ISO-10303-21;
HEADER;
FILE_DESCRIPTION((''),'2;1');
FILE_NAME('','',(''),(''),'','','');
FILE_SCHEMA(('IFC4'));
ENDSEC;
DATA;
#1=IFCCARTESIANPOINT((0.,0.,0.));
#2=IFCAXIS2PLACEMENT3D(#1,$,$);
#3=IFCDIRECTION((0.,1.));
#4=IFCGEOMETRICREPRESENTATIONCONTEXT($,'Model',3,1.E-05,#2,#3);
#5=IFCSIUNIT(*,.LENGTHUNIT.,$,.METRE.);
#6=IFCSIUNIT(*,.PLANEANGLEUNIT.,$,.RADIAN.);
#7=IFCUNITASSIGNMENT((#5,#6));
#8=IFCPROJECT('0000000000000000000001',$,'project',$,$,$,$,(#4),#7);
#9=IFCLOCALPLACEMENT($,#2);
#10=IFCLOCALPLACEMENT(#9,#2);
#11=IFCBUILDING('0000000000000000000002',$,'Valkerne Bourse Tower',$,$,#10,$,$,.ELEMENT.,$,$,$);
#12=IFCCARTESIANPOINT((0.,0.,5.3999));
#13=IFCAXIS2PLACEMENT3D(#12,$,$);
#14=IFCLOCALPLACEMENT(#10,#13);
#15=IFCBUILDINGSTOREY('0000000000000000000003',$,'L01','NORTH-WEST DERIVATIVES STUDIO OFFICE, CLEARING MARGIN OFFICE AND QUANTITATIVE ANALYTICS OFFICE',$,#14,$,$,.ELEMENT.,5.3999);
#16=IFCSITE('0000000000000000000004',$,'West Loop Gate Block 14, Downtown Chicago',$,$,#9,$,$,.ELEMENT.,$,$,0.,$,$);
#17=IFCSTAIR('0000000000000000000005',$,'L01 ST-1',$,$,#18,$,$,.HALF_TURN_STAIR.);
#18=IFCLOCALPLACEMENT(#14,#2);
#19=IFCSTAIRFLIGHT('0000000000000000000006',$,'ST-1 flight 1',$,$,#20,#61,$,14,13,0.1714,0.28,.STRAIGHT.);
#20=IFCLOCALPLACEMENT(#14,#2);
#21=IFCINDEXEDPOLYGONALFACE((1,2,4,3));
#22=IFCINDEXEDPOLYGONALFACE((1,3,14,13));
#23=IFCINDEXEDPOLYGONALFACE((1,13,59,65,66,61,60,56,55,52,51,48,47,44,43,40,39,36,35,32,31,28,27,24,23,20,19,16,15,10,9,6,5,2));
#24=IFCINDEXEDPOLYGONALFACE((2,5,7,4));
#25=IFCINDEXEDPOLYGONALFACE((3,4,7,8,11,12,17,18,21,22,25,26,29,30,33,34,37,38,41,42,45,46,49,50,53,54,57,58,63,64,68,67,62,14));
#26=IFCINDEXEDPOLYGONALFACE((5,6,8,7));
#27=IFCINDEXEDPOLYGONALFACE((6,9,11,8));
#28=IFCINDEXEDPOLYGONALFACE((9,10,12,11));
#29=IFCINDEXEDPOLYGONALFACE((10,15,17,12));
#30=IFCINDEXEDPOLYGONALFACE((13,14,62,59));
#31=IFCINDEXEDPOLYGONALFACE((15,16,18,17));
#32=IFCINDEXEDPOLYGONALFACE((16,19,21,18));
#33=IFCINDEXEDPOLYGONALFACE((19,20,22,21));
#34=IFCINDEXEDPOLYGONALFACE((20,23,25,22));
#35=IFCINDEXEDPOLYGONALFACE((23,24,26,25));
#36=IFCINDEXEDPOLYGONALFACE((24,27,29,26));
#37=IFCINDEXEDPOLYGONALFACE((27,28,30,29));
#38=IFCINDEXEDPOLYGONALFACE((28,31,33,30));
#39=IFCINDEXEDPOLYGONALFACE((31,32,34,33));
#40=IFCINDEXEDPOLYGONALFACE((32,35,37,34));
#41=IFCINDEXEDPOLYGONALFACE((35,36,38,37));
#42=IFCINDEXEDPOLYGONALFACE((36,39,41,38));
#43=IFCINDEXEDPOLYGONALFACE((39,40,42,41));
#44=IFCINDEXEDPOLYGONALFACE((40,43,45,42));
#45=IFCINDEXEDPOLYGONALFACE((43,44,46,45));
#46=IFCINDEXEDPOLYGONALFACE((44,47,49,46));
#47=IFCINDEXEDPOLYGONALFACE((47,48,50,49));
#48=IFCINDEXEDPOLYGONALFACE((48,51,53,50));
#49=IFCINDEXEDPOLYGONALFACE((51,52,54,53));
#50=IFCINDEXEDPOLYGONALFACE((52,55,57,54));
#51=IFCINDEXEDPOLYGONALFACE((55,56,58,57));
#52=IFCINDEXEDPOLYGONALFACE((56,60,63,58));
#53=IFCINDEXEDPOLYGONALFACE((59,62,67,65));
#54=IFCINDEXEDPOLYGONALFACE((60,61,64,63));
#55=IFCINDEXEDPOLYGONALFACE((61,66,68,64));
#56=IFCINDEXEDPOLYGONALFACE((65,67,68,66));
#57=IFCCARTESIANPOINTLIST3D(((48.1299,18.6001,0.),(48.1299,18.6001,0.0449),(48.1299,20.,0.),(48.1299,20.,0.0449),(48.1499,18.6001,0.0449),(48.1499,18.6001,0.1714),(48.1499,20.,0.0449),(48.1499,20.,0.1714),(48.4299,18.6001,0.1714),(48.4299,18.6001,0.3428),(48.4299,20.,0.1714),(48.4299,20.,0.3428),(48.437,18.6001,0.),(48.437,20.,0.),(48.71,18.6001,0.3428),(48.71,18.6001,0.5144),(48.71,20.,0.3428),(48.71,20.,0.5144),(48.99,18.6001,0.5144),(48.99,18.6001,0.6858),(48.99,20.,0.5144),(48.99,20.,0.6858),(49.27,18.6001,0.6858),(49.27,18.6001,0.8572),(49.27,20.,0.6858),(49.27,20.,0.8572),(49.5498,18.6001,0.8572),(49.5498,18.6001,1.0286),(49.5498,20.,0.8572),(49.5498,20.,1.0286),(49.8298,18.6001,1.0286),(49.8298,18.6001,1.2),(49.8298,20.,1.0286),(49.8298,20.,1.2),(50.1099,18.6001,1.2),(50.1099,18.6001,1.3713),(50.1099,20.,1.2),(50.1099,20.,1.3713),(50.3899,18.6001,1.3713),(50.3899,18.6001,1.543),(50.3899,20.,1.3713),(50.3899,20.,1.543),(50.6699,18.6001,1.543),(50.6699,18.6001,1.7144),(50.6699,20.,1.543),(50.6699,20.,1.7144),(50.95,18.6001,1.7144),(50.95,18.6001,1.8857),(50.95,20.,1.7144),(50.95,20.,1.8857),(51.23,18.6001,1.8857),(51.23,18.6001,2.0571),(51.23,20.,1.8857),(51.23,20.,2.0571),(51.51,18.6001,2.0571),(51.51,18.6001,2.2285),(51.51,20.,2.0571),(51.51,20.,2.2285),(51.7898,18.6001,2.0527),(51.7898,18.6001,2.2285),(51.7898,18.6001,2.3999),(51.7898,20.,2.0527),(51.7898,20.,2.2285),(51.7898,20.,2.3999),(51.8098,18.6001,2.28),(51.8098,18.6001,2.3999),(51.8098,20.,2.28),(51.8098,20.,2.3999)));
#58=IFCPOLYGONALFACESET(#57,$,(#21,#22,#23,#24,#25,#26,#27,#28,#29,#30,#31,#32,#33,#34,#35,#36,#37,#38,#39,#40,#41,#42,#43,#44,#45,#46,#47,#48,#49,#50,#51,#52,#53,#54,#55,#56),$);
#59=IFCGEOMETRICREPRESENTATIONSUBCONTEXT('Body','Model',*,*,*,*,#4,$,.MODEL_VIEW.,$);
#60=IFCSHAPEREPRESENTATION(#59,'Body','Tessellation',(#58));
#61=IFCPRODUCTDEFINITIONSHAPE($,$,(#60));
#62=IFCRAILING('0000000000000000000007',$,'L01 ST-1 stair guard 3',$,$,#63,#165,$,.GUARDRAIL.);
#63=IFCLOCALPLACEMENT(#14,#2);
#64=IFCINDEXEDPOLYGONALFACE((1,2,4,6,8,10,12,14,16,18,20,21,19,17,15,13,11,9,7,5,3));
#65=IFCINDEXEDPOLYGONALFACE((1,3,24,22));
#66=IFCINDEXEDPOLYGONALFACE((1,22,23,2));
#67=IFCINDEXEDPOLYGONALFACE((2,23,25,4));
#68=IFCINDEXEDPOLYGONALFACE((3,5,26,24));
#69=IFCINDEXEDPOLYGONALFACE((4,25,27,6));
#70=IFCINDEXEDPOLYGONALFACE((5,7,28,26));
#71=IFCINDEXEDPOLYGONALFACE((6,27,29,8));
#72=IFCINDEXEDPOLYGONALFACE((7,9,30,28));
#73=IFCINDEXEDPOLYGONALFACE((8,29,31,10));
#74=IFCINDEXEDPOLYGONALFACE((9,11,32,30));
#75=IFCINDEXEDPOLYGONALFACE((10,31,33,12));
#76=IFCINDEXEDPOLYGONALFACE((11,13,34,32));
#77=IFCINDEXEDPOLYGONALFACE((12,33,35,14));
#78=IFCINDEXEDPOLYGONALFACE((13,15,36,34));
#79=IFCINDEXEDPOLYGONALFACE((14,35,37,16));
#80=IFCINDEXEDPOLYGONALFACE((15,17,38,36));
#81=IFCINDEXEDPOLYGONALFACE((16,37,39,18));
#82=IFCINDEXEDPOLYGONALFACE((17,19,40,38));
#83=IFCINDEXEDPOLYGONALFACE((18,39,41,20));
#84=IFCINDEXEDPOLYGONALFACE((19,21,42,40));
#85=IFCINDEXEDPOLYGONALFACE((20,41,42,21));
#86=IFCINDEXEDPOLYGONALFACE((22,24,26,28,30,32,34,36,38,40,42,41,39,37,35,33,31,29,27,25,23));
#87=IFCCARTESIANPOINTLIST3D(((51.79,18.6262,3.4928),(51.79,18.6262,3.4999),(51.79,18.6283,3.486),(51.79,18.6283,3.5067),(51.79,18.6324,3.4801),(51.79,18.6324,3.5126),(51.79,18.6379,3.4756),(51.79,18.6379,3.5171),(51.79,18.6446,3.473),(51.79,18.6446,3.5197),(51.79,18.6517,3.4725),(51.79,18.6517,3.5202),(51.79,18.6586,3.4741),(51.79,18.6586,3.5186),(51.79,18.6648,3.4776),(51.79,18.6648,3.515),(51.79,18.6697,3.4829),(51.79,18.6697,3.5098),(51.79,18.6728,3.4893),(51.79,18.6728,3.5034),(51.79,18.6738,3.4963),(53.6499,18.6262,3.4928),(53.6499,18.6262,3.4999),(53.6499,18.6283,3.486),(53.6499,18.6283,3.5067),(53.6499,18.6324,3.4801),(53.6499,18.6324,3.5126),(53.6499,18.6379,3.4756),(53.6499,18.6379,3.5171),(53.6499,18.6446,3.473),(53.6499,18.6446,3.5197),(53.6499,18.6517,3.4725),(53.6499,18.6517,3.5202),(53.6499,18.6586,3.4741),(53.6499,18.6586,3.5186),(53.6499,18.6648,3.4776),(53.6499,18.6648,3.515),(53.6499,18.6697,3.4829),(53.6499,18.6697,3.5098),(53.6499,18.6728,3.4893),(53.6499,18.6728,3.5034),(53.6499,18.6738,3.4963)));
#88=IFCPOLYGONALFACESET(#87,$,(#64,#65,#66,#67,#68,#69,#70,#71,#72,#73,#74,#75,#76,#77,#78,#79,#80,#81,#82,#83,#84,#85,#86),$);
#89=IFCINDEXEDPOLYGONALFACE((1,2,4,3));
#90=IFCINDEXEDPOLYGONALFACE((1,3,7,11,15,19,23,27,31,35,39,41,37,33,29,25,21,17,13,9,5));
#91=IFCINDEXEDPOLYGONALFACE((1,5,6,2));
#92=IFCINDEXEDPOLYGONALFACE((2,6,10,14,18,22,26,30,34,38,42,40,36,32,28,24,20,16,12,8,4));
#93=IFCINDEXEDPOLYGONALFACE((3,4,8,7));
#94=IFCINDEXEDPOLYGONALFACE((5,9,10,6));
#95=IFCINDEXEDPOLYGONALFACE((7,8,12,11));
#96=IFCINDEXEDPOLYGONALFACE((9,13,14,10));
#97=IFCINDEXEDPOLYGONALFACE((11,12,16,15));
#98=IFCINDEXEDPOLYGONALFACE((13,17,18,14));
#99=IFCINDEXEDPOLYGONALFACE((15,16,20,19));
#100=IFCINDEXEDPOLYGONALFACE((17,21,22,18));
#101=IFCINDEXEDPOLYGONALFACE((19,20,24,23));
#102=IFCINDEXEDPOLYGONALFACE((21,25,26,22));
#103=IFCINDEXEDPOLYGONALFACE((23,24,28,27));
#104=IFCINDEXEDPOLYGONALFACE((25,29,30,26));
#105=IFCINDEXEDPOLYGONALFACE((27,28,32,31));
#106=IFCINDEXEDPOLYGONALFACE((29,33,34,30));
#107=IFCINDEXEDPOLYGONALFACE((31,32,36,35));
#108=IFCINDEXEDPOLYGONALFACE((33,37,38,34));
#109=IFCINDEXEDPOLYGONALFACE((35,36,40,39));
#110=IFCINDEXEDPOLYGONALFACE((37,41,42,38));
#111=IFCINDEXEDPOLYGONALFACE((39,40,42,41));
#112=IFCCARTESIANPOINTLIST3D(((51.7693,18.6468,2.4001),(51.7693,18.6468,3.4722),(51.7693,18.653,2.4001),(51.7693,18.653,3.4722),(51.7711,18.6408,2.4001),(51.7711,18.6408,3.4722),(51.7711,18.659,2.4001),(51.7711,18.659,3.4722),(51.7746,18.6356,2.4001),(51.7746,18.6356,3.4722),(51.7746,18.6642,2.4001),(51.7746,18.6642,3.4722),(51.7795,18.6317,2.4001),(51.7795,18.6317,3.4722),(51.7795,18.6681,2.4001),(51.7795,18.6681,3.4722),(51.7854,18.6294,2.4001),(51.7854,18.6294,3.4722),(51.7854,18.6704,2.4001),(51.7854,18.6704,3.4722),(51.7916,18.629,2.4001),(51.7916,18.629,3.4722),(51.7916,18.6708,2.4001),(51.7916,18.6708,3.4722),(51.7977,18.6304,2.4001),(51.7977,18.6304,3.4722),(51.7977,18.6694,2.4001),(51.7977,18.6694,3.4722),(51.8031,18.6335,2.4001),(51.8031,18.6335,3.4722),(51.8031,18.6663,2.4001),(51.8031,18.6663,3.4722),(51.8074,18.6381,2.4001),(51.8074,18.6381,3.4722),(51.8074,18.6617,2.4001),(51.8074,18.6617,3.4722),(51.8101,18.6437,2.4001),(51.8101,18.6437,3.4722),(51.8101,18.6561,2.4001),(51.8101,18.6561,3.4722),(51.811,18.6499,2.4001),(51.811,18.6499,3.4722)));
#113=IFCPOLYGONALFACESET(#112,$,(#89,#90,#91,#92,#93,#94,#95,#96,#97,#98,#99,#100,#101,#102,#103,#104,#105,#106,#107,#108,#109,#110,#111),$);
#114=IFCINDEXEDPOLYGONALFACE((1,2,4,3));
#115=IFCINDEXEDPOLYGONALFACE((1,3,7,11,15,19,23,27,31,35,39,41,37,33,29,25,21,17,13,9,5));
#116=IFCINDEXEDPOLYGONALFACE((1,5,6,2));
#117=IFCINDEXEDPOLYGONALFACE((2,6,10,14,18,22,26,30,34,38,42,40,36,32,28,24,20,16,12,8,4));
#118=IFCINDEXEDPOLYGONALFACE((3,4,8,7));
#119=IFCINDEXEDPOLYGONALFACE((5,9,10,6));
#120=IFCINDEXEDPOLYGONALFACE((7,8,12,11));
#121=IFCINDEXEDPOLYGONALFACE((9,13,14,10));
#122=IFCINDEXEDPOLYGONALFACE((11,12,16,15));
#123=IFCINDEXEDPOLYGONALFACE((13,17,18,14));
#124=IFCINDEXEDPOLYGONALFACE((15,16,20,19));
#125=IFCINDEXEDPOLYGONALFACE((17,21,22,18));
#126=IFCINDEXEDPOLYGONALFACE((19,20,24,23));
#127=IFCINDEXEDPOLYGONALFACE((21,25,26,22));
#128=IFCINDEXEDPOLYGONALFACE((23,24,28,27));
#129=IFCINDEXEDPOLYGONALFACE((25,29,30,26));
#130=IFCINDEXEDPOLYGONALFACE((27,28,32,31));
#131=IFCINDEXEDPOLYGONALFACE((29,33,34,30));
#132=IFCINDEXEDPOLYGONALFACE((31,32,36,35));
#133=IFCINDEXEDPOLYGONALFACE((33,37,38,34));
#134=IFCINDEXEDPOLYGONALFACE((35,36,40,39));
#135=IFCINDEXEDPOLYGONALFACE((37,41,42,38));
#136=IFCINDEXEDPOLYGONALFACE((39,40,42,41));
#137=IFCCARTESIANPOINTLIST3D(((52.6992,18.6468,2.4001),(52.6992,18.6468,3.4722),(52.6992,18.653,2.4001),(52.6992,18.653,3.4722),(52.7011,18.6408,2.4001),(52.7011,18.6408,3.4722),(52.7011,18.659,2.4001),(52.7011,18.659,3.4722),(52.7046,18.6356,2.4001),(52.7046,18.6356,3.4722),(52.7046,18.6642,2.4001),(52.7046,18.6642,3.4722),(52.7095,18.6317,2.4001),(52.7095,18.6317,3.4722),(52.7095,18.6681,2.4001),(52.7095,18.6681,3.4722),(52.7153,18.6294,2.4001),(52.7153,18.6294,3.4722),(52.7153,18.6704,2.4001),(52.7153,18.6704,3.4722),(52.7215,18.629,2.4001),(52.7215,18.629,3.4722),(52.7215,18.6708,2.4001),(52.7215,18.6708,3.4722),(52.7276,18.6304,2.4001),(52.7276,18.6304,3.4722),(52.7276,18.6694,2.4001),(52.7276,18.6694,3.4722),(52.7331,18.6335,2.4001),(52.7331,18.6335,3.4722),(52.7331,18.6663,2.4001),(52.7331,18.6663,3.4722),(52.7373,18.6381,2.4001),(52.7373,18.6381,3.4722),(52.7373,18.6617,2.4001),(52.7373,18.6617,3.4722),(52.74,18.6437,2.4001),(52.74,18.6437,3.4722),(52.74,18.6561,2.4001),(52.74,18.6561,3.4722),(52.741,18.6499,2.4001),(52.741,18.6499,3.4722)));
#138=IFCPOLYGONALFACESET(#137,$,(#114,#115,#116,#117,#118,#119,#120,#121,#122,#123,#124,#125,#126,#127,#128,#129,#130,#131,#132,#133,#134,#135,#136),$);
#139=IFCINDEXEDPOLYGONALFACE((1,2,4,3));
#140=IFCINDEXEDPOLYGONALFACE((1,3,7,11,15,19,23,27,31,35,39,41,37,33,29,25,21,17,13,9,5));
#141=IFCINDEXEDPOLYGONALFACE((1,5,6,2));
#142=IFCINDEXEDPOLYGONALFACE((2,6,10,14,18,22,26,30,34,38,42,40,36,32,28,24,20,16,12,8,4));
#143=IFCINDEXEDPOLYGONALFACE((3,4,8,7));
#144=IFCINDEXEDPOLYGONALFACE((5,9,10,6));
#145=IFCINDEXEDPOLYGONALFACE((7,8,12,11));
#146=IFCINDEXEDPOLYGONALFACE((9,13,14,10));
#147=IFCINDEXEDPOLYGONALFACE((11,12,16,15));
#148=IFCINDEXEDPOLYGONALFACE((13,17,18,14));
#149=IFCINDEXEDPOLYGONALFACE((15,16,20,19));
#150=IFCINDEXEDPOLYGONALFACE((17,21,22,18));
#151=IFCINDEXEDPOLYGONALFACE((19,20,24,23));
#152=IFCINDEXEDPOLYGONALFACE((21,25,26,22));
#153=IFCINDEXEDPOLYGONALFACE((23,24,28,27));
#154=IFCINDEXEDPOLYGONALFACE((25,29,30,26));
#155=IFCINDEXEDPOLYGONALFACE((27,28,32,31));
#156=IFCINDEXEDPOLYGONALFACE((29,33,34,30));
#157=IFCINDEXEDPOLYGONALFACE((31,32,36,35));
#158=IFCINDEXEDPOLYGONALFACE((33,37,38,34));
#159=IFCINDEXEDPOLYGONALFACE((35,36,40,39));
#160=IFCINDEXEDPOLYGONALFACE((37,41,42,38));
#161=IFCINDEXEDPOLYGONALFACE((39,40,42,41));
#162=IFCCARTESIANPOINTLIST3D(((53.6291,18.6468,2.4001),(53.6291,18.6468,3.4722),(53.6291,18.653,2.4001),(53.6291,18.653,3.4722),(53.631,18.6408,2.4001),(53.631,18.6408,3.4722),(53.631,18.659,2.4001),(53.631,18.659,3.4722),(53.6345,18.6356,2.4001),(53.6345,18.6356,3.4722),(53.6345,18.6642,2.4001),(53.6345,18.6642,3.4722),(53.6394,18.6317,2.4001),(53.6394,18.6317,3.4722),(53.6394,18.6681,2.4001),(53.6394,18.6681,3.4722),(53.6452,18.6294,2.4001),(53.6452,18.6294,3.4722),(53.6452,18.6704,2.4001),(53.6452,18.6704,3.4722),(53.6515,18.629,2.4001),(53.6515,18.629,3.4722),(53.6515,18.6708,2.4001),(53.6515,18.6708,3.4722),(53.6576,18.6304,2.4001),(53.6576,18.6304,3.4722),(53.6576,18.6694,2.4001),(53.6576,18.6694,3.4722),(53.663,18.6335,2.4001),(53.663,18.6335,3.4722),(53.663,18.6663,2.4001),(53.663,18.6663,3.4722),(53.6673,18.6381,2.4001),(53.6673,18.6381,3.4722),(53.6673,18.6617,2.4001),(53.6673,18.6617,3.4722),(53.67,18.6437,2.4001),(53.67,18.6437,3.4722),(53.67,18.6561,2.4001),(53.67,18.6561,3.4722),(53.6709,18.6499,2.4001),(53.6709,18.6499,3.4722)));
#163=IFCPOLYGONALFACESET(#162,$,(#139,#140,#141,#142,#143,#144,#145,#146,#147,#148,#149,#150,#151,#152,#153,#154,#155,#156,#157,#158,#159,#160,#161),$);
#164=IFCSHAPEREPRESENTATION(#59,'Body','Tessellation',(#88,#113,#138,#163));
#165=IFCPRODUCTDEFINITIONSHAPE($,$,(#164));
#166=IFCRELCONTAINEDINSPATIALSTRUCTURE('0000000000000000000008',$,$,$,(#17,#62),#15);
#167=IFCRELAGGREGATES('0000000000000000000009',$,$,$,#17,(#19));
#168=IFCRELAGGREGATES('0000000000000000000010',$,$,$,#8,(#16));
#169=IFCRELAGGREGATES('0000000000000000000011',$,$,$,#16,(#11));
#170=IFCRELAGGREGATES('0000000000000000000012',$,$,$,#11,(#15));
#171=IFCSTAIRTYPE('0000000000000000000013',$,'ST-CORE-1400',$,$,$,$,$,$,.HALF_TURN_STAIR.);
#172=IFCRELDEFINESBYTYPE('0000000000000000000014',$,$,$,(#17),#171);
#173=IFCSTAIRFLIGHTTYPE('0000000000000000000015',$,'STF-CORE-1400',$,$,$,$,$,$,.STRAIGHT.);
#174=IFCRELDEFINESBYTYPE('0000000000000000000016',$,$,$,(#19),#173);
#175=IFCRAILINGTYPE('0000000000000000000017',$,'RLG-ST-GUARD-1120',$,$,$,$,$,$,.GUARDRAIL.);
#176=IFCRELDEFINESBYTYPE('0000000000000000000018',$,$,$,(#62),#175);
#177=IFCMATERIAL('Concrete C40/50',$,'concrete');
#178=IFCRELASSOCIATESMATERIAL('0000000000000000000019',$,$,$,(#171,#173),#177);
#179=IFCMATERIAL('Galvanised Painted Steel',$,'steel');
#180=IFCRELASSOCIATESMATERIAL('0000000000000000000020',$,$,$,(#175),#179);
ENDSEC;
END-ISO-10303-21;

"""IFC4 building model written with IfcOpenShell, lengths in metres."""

from ifc_helpers import new_model, si_unit, direction, frame, origin, origin_2d, place, context, subcontext, project, spatial, polyline, circle, outline, extrude, material, type_object, element, aggregate, save


model = new_model("IFC4")

# Units and contexts
model_context = context("Model", 3, precision=1e-05, world=origin(), true_north=direction((0.0, 1.0)))
body_context = subcontext(model_context, "Body", "Model", "MODEL_VIEW")
ifc_project = project(units=[si_unit("LENGTHUNIT", "METRE"), si_unit("PLANEANGLEUNIT", "RADIAN")], contexts=[model_context])

# Site, building, storey
site_placement = place(None, origin())
site = spatial("IfcSite", under=ifc_project, at=site_placement, Name="West Loop Gate Block 14, Downtown Chicago", CompositionType="ELEMENT", RefElevation=0.0)
building_placement = place(site_placement, origin())
building = spatial("IfcBuilding", under=site, at=building_placement, Name="Valkerne Bourse Tower", CompositionType="ELEMENT")
storey_placement = place(building_placement, frame((0.0, 0.0, 5.3999)))
storey = spatial("IfcBuildingStorey", under=building, at=storey_placement, Name="L01", Description="NORTH-WEST DERIVATIVES STUDIO OFFICE, CLEARING MARGIN OFFICE AND QUANTITATIVE ANALYTICS OFFICE", CompositionType="ELEMENT", Elevation=5.3999)

# Shared definitions
ifc_material_1 = material(Name="Galvanised Painted Steel", Category="steel")

# Shared definitions
ifc_material_2 = material(Name="Concrete C40/50", Category="concrete")

# Stair, stair flight
stair_type = type_object("IfcStairType", Name="ST-CORE-1400", PredefinedType="HALF_TURN_STAIR", material=ifc_material_2)
stair_placement = place(storey_placement, origin())
stair = element("IfcStair", 1, at=stair_placement, inside=storey, type_object=stair_type, Name="L01 ST-1", PredefinedType="HALF_TURN_STAIR")
stair_flight_type = type_object("IfcStairFlightType", Name="STF-CORE-1400", PredefinedType="STRAIGHT", material=ifc_material_2)
stair_flight_placement = place(storey_placement, frame((48.1499, 19.3, 0.0), z_axis=(0.0, 0.0, 1.0), x_axis=(1.0, 0.0, 0.0)))
stair_flight = element("IfcStairFlight", 2, at=stair_flight_placement, type_object=stair_flight_type, Name="ST-1 flight 1", NumberOfRisers=14, NumberOfTreads=13, PredefinedType="STRAIGHT", RiserHeight=0.1714, TreadLength=0.28, context=body_context, shape_type="SweptSolid", body=[
    extrude(outline(polyline([(-0.02, 0.0), (-0.02, 0.0449), (0.0, 0.0449), (0.0, 0.1714), (0.28, 0.1714), (0.28, 0.3428), (0.5601, 0.3428), (0.5601, 0.5144), (0.8401, 0.5144), (0.8401, 0.6858), (1.1201, 0.6858), (1.1201, 0.8572), (1.3999, 0.8572), (1.3999, 1.0286), (1.6799, 1.0286), (1.6799, 1.2), (1.96, 1.2), (1.96, 1.3713), (2.24, 1.3713), (2.24, 1.543), (2.52, 1.543), (2.52, 1.7144), (2.8, 1.7144), (2.8, 1.8857), (3.0801, 1.8857), (3.0801, 2.0571), (3.3601, 2.0571), (3.3601, 2.2285), (3.6399, 2.2285), (3.6399, 2.3999), (3.6599, 2.3999), (3.6599, 2.28), (3.6399, 2.0527), (0.2871, 0.0), (-0.02, 0.0)])), frame((0.0, 0.7, 0.0), z_axis=(0.0, -1.0, 0.0), x_axis=(1.0, 0.0, 0.0)), (0.0, 0.0, 1.0), 1.3999),
])
aggregate(stair, [stair_flight])

# Railing
railing_type_1 = type_object("IfcRailingType", Name="RLG-ST-GUARD-1120", PredefinedType="GUARDRAIL", material=ifc_material_1)
railing_1_placement = place(storey_placement, frame((51.79, 18.6499, 2.4001)))
element("IfcRailing", 3, at=railing_1_placement, inside=storey, type_object=railing_type_1, Name="L01 ST-1 stair guard 3", PredefinedType="GUARDRAIL", context=body_context, shape_type="SweptSolid", body=[
    extrude(circle(Radius=0.0239, at=origin_2d()), frame((0.0, 0.0, 1.0962), z_axis=(1.0, 0.0, 0.0), x_axis=(0.0, 1.0, 0.0)), (0.0, 0.0, 1.0), 1.8599),
    extrude(circle(Radius=0.021, at=origin_2d()), origin(), (0.0, 0.0, 1.0), 1.072),
    extrude(circle(Radius=0.021, at=origin_2d()), frame((0.9299, 0.0, 0.0)), (0.0, 0.0, 1.0), 1.072),
    extrude(circle(Radius=0.021, at=origin_2d()), frame((1.8599, 0.0, 0.0)), (0.0, 0.0, 1.0), 1.072),
])

save(model, "model.ifc")
